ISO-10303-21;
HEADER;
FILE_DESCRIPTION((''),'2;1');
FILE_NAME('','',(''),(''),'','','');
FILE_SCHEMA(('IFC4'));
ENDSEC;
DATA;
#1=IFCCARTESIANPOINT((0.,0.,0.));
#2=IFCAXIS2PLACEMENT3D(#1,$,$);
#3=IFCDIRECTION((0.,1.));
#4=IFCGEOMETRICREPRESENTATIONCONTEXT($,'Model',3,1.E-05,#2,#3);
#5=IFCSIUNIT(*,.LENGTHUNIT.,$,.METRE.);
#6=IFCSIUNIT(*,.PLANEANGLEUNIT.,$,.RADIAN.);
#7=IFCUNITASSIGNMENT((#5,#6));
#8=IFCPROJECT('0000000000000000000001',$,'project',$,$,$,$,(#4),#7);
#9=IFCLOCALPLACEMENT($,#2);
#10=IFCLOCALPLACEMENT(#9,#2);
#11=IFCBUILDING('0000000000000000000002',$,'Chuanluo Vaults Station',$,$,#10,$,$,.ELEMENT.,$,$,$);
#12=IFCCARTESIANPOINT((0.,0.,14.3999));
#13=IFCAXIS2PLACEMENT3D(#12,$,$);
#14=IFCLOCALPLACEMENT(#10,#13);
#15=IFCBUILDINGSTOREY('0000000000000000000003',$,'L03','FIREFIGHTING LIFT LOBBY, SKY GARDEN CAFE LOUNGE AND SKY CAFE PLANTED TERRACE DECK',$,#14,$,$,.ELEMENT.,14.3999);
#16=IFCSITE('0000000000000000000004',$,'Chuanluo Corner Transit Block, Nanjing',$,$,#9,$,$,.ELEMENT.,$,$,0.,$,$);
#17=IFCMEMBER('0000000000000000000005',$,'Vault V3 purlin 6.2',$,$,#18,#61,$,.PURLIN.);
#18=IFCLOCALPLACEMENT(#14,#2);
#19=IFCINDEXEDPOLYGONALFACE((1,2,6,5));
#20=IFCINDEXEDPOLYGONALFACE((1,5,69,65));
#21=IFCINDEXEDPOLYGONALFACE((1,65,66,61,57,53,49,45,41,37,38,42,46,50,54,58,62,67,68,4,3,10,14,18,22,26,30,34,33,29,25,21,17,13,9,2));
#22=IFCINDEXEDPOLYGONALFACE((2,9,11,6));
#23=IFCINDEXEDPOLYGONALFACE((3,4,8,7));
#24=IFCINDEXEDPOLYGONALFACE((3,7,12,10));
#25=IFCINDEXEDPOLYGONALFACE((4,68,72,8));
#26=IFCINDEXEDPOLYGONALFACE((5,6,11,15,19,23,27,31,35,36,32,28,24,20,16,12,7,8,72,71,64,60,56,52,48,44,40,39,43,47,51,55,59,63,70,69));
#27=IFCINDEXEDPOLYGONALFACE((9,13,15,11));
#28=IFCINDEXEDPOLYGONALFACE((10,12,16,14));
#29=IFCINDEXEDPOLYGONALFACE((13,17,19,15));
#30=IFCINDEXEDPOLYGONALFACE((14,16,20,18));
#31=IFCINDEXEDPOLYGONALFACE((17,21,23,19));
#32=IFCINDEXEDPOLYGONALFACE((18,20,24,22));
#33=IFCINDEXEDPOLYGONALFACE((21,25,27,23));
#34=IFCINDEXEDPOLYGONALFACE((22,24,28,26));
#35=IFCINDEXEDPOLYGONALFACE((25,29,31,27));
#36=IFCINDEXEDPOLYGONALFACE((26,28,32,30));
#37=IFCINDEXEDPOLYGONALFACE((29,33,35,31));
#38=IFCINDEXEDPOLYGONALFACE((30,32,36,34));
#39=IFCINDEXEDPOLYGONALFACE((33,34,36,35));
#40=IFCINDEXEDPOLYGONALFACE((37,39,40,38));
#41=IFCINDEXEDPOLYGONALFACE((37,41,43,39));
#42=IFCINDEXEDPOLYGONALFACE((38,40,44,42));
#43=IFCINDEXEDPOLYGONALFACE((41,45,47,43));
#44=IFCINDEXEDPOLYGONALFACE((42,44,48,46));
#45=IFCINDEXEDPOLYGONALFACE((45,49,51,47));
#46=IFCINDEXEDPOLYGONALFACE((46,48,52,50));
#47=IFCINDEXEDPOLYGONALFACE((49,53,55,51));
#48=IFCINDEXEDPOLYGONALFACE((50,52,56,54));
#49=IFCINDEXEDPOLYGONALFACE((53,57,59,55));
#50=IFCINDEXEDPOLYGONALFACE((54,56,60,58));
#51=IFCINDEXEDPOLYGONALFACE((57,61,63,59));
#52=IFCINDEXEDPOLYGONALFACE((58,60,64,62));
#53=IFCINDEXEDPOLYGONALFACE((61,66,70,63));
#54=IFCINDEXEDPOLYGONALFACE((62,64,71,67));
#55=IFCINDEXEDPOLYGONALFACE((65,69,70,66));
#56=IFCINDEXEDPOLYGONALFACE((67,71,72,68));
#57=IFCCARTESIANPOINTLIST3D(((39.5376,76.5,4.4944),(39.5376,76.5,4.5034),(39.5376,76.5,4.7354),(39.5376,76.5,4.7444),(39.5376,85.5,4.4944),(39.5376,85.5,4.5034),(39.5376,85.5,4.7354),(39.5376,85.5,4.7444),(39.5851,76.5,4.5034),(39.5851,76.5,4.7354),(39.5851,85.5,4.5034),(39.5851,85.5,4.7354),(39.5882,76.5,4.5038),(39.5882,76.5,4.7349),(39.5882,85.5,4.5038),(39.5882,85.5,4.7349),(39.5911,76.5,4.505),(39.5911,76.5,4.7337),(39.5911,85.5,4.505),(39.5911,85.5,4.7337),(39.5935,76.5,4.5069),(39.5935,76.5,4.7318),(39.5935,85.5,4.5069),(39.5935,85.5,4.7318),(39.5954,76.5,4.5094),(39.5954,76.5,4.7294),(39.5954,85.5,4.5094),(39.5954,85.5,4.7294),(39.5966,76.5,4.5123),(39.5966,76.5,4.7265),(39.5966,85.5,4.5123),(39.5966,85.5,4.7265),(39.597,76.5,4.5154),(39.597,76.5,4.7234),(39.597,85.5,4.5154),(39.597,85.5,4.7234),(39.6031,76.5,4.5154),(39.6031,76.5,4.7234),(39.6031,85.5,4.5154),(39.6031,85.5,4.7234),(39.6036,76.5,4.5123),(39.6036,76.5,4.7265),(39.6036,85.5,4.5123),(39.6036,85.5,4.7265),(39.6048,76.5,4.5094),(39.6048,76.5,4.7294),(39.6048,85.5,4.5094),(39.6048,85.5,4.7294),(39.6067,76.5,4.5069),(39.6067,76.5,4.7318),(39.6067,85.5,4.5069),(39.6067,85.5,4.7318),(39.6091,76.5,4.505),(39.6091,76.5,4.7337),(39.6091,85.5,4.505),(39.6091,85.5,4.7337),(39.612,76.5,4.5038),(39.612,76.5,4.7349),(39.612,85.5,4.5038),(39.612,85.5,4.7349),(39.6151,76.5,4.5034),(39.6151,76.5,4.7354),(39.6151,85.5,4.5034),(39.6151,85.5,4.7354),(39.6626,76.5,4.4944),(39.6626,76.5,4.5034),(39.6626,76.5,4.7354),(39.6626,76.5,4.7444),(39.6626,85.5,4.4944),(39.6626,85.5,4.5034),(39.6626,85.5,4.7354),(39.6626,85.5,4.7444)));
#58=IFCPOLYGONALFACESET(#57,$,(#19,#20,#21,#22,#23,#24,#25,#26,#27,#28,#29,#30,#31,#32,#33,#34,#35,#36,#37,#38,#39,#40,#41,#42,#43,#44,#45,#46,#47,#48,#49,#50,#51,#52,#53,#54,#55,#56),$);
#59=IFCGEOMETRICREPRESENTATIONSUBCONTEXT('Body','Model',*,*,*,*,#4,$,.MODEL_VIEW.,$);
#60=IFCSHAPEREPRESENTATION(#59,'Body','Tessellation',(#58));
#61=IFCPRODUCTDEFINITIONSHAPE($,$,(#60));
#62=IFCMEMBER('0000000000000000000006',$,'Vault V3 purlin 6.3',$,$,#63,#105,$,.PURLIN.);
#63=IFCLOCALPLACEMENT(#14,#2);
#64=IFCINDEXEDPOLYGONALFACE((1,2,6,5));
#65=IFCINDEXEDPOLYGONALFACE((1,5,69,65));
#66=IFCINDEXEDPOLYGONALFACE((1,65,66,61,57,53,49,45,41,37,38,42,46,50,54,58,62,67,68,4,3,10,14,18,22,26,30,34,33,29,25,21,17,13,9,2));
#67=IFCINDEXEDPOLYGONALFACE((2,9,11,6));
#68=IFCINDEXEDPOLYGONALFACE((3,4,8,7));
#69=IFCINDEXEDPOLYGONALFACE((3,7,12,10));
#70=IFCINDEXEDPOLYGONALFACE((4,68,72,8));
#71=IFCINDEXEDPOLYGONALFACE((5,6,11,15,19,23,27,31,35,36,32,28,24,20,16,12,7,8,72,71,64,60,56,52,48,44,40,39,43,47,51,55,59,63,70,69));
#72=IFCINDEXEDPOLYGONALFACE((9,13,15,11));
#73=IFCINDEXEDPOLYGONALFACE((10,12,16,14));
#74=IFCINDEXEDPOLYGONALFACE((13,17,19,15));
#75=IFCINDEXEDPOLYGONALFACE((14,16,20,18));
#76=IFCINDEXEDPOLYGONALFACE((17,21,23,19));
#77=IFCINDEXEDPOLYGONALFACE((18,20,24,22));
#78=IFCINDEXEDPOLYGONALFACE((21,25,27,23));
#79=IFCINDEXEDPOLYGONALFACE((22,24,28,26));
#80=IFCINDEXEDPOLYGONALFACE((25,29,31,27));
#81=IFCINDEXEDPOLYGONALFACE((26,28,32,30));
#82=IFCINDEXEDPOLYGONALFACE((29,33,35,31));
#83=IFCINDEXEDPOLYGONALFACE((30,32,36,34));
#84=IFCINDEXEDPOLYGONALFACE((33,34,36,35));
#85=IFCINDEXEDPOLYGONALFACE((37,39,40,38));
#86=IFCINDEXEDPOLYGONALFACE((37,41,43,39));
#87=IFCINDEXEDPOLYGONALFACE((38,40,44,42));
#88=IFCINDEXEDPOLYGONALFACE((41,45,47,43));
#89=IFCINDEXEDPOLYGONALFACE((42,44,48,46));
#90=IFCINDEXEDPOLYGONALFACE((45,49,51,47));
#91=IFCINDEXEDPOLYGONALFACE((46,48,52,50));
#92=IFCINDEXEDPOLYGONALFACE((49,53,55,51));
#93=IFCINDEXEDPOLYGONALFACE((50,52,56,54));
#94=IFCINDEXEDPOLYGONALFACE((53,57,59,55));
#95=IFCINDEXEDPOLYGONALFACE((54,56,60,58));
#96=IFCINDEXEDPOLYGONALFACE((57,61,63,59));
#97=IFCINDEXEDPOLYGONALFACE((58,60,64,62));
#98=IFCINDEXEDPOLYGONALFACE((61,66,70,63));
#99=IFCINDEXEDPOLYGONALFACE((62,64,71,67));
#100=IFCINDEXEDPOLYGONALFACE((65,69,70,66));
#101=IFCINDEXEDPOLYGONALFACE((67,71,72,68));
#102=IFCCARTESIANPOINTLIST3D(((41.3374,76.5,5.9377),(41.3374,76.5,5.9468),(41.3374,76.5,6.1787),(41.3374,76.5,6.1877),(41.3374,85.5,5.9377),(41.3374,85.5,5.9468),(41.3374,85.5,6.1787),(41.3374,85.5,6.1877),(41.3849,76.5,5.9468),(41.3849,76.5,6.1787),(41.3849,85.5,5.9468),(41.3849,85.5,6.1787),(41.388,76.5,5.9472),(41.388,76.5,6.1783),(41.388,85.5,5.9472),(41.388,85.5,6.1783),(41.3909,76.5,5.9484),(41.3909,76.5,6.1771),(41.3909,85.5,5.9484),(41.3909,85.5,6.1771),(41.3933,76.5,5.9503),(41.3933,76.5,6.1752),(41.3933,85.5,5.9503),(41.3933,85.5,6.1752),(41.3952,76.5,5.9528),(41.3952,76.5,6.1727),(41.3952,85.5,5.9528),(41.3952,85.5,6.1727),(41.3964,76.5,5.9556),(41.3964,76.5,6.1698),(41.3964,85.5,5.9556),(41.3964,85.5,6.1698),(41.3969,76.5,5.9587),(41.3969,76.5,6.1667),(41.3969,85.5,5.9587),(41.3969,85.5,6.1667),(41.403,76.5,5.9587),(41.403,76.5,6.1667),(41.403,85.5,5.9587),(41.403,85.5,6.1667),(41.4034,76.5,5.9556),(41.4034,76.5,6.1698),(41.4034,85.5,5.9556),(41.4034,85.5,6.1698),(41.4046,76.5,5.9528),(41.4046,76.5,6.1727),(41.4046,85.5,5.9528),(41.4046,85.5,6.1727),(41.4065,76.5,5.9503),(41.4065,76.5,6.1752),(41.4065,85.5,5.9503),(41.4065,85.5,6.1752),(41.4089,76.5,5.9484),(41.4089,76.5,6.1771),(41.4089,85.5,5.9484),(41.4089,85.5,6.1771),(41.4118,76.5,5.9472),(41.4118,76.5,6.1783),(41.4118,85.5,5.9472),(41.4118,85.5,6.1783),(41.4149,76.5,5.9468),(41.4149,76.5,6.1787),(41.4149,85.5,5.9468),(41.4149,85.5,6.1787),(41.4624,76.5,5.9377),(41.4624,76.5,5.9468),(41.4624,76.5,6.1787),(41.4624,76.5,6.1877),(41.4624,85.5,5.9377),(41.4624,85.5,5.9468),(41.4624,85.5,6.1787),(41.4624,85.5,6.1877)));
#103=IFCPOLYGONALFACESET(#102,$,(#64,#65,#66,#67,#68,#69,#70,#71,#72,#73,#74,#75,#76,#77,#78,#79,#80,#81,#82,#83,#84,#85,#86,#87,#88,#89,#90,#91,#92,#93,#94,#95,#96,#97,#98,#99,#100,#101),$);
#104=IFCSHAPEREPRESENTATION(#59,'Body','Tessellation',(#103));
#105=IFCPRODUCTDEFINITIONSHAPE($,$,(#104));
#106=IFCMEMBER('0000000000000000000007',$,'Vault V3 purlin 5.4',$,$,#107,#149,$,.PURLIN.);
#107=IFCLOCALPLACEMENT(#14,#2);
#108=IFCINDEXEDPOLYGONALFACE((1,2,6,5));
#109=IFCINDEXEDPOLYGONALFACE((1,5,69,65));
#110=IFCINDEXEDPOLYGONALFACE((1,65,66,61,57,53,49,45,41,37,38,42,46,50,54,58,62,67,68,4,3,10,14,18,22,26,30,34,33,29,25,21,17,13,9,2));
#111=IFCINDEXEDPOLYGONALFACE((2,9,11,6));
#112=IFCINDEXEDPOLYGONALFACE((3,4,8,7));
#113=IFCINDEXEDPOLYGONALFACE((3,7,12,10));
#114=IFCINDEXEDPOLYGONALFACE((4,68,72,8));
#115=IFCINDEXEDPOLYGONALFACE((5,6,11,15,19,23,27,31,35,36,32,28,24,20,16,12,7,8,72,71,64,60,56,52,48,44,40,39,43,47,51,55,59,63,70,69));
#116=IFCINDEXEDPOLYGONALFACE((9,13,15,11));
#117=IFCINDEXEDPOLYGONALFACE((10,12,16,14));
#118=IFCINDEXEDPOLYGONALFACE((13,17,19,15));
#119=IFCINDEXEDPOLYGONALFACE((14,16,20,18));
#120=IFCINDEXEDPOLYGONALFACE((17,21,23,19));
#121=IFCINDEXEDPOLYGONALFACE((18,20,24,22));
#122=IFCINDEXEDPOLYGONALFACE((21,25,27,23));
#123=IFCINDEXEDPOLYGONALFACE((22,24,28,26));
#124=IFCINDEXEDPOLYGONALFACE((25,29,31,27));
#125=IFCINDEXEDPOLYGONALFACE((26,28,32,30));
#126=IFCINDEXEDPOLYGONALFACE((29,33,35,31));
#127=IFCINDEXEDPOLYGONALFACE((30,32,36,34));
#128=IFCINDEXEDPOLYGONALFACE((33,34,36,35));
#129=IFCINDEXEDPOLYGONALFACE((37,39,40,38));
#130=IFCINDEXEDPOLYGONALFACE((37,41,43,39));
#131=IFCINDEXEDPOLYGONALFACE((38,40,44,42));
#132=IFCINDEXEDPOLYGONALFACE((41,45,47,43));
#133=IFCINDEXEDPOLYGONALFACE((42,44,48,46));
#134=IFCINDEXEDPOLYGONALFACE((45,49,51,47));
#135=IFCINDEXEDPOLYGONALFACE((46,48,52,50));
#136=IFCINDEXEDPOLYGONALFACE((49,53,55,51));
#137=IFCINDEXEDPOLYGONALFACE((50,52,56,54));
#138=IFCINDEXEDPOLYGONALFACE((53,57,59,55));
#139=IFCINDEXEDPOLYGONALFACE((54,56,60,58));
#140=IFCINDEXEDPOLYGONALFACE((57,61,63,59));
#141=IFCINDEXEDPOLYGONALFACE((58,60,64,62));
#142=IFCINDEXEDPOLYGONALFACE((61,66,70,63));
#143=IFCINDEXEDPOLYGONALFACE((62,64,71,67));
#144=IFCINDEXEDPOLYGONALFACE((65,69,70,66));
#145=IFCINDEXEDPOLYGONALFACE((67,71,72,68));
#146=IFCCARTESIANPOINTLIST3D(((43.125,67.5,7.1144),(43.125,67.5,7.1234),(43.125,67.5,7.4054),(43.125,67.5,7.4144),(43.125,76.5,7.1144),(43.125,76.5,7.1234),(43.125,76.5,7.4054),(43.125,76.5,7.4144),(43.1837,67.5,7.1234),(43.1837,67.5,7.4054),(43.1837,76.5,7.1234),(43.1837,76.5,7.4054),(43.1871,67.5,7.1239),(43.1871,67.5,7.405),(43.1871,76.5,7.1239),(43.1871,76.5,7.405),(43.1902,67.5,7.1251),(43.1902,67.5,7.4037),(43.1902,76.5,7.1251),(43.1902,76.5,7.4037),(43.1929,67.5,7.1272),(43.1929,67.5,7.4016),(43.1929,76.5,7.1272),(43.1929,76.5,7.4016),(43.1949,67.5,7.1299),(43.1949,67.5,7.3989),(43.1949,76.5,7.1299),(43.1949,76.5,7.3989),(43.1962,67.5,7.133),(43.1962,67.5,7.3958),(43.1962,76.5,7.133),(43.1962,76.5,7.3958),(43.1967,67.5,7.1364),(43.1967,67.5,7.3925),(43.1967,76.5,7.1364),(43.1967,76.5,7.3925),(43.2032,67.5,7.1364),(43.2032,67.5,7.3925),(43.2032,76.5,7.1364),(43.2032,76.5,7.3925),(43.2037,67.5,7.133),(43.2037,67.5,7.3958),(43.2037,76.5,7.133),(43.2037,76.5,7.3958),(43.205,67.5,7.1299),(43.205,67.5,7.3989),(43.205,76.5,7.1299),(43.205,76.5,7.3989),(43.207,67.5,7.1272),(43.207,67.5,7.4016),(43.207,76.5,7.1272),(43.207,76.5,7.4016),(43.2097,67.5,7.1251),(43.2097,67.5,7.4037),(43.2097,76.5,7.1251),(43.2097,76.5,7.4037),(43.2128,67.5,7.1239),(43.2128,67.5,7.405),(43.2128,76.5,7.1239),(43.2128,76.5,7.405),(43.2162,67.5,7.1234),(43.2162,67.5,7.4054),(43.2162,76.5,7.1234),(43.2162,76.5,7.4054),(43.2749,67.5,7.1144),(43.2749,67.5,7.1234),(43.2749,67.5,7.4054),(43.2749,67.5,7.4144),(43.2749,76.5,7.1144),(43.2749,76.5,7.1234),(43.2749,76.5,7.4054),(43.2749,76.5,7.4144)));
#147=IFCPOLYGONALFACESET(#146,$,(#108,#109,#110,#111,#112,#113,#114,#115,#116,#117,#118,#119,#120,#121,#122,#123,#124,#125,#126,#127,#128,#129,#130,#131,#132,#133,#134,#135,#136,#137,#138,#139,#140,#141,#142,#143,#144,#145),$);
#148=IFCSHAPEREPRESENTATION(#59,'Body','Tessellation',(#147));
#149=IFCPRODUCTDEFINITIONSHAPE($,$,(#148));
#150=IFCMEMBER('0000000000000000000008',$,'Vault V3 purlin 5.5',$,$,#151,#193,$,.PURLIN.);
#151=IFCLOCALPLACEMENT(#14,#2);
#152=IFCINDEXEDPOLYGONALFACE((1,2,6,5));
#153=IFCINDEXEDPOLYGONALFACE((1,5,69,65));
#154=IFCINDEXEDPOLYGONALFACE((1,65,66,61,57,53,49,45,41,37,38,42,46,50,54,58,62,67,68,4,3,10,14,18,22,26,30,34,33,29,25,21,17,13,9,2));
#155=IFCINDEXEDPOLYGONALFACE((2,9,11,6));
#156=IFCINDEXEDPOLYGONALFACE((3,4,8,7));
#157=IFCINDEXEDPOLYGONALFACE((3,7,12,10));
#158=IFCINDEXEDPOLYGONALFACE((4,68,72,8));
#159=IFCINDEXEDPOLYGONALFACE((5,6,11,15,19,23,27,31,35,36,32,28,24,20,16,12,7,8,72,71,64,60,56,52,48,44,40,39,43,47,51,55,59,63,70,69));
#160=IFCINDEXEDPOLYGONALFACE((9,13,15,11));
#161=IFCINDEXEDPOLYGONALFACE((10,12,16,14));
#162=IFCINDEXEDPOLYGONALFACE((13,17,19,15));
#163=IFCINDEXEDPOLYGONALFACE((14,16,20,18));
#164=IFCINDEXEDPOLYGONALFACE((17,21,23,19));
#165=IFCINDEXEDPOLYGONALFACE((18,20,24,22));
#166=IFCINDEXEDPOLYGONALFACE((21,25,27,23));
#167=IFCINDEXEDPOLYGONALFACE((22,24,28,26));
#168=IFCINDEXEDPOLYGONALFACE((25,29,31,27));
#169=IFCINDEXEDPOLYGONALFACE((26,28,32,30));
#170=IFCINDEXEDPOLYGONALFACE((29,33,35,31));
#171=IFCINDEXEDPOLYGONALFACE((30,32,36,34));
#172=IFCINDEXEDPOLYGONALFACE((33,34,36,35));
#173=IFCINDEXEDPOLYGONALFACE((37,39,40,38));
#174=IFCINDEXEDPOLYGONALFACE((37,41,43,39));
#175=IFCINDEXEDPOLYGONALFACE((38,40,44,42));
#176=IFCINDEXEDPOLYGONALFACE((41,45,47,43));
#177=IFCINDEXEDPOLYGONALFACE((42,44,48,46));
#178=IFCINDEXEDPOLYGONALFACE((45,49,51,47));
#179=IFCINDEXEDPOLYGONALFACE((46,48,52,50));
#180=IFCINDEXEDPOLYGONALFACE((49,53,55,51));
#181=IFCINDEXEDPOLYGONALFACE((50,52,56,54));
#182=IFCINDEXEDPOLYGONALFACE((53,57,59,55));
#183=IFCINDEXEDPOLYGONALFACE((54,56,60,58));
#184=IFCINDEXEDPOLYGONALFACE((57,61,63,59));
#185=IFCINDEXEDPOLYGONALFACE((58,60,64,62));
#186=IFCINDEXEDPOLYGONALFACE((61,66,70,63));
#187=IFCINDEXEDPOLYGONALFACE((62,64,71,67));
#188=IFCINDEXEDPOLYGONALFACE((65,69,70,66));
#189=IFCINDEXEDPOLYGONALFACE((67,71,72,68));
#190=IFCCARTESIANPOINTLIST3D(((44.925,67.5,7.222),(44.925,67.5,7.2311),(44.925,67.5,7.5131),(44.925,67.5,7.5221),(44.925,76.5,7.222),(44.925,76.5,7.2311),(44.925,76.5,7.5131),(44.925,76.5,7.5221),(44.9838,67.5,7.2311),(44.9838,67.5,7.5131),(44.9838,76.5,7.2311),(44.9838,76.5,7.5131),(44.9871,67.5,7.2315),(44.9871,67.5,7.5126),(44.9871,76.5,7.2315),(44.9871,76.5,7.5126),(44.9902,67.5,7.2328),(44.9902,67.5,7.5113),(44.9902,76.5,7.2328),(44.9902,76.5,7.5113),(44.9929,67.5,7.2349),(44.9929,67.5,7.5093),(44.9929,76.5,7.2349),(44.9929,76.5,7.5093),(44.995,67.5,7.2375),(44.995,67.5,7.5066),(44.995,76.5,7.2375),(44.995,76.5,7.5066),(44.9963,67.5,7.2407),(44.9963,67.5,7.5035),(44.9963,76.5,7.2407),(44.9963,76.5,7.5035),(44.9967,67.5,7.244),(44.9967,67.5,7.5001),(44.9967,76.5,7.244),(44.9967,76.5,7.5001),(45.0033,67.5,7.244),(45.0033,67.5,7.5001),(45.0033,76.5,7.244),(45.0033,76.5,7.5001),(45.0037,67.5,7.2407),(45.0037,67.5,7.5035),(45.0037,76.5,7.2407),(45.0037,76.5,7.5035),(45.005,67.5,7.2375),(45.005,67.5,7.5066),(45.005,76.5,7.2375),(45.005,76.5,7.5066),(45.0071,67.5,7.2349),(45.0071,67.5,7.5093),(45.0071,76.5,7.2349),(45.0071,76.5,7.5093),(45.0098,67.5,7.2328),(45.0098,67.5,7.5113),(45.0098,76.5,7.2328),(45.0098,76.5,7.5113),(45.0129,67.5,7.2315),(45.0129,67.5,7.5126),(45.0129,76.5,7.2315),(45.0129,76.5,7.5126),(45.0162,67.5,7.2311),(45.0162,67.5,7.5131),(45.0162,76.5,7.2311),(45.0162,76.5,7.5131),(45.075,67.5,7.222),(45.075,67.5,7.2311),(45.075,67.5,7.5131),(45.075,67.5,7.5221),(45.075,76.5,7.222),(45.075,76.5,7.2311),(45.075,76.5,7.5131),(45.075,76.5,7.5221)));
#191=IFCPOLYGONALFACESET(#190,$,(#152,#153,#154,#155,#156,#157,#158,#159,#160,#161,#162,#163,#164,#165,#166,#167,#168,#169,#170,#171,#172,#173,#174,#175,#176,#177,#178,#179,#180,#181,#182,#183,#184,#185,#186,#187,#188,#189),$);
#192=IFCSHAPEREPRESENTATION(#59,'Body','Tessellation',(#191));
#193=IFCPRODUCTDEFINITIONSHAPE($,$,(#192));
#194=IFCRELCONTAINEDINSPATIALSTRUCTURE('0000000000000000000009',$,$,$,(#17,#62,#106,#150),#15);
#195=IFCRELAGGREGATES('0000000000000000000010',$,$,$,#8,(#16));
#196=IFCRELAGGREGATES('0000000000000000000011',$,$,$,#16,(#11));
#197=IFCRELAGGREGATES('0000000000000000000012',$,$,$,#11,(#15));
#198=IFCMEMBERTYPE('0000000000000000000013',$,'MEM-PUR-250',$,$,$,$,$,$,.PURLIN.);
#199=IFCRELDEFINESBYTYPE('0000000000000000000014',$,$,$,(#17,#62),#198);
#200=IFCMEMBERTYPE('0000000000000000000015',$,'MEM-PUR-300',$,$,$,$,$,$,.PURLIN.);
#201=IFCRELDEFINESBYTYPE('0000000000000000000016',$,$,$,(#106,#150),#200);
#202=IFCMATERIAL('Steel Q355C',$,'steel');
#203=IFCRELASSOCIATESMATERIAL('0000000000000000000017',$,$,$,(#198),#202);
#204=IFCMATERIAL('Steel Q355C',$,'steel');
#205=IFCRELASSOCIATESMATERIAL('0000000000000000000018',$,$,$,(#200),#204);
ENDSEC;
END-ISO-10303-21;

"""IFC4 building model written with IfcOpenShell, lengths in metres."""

from ifc_helpers import new_model, si_unit, direction, frame, origin, origin_2d, place, context, subcontext, project, spatial, i_section, extrude, material, material_profile, profile_set, type_object, element, save


model = new_model("IFC4")

# Units and contexts
model_context = context("Model", 3, precision=1e-05, world=origin(), true_north=direction((0.0, 1.0)))
body_context = subcontext(model_context, "Body", "Model", "MODEL_VIEW")
ifc_project = project(units=[si_unit("LENGTHUNIT", "METRE"), si_unit("PLANEANGLEUNIT", "RADIAN")], contexts=[model_context])

# Site, building, storey
site_placement = place(None, origin())
site = spatial("IfcSite", under=ifc_project, at=site_placement, Name="Chuanluo Corner Transit Block, Nanjing", CompositionType="ELEMENT", RefElevation=0.0)
building_placement = place(site_placement, origin())
building = spatial("IfcBuilding", under=site, at=building_placement, Name="Chuanluo Vaults Station", CompositionType="ELEMENT")
storey_placement = place(building_placement, frame((0.0, 0.0, 14.3999)))
storey = spatial("IfcBuildingStorey", under=building, at=storey_placement, Name="L03", Description="FIREFIGHTING LIFT LOBBY, SKY GARDEN CAFE LOUNGE AND SKY CAFE PLANTED TERRACE DECK", CompositionType="ELEMENT", Elevation=14.3999)

# Members
ifc_material_1 = material(Name="Steel Q355C", Category="steel")
ifc_material_profile_1 = material_profile(ifc_material_1, i_section(OverallWidth=0.125, OverallDepth=0.25, WebThickness=0.0061, FlangeThickness=0.009, FilletRadius=0.012, at=origin_2d()))
ifc_profile_set_1 = profile_set([ifc_material_profile_1], Name="Steel Q355C")
member_type_1 = type_object("IfcMemberType", Name="MEM-PUR-250", PredefinedType="PURLIN", material=ifc_profile_set_1)
for number, where, z_axis, x_axis, name in (
    (1, (39.6001, 76.5, 4.6194), (0.0, 1.0, 0.0), (-1.0, 0.0, 0.0), "Vault V3 purlin 6.2"),
    (2, (41.3999, 76.5, 6.0627), (0.0, 1.0, 0.0), (-1.0, 0.0, 0.0), "Vault V3 purlin 6.3"),
):
    element("IfcMember", number, at=place(storey_placement, frame(where, z_axis=z_axis, x_axis=x_axis)), inside=storey, type_object=member_type_1, Name=name, PredefinedType="PURLIN", context=body_context, shape_type="SweptSolid", body=[
        extrude(i_section(OverallWidth=0.125, OverallDepth=0.25, WebThickness=0.0061, FlangeThickness=0.009, FilletRadius=0.012, at=origin_2d()), origin(), (0.0, 0.0, 1.0), 9.0),
    ])
ifc_material_2 = material(Name="Steel Q355C", Category="steel")
ifc_material_profile_2 = material_profile(ifc_material_2, i_section(OverallWidth=0.1499, OverallDepth=0.3, WebThickness=0.0066, FlangeThickness=0.009, FilletRadius=0.0129, at=origin_2d()))
ifc_profile_set_2 = profile_set([ifc_material_profile_2], Name="Steel Q355C")
member_type_2 = type_object("IfcMemberType", Name="MEM-PUR-300", PredefinedType="PURLIN", material=ifc_profile_set_2)
for number, where, z_axis, x_axis, name in (
    (3, (43.2, 67.5, 7.2644), (0.0, 1.0, 0.0), (-1.0, 0.0, 0.0), "Vault V3 purlin 5.4"),
    (4, (45.0, 67.5, 7.3721), (0.0, 1.0, 0.0), (-1.0, 0.0, 0.0), "Vault V3 purlin 5.5"),
):
    element("IfcMember", number, at=place(storey_placement, frame(where, z_axis=z_axis, x_axis=x_axis)), inside=storey, type_object=member_type_2, Name=name, PredefinedType="PURLIN", context=body_context, shape_type="SweptSolid", body=[
        extrude(i_section(OverallWidth=0.1499, OverallDepth=0.3, WebThickness=0.0066, FlangeThickness=0.009, FilletRadius=0.0129, at=origin_2d()), origin(), (0.0, 0.0, 1.0), 9.0),
    ])

save(model, "model.ifc")
